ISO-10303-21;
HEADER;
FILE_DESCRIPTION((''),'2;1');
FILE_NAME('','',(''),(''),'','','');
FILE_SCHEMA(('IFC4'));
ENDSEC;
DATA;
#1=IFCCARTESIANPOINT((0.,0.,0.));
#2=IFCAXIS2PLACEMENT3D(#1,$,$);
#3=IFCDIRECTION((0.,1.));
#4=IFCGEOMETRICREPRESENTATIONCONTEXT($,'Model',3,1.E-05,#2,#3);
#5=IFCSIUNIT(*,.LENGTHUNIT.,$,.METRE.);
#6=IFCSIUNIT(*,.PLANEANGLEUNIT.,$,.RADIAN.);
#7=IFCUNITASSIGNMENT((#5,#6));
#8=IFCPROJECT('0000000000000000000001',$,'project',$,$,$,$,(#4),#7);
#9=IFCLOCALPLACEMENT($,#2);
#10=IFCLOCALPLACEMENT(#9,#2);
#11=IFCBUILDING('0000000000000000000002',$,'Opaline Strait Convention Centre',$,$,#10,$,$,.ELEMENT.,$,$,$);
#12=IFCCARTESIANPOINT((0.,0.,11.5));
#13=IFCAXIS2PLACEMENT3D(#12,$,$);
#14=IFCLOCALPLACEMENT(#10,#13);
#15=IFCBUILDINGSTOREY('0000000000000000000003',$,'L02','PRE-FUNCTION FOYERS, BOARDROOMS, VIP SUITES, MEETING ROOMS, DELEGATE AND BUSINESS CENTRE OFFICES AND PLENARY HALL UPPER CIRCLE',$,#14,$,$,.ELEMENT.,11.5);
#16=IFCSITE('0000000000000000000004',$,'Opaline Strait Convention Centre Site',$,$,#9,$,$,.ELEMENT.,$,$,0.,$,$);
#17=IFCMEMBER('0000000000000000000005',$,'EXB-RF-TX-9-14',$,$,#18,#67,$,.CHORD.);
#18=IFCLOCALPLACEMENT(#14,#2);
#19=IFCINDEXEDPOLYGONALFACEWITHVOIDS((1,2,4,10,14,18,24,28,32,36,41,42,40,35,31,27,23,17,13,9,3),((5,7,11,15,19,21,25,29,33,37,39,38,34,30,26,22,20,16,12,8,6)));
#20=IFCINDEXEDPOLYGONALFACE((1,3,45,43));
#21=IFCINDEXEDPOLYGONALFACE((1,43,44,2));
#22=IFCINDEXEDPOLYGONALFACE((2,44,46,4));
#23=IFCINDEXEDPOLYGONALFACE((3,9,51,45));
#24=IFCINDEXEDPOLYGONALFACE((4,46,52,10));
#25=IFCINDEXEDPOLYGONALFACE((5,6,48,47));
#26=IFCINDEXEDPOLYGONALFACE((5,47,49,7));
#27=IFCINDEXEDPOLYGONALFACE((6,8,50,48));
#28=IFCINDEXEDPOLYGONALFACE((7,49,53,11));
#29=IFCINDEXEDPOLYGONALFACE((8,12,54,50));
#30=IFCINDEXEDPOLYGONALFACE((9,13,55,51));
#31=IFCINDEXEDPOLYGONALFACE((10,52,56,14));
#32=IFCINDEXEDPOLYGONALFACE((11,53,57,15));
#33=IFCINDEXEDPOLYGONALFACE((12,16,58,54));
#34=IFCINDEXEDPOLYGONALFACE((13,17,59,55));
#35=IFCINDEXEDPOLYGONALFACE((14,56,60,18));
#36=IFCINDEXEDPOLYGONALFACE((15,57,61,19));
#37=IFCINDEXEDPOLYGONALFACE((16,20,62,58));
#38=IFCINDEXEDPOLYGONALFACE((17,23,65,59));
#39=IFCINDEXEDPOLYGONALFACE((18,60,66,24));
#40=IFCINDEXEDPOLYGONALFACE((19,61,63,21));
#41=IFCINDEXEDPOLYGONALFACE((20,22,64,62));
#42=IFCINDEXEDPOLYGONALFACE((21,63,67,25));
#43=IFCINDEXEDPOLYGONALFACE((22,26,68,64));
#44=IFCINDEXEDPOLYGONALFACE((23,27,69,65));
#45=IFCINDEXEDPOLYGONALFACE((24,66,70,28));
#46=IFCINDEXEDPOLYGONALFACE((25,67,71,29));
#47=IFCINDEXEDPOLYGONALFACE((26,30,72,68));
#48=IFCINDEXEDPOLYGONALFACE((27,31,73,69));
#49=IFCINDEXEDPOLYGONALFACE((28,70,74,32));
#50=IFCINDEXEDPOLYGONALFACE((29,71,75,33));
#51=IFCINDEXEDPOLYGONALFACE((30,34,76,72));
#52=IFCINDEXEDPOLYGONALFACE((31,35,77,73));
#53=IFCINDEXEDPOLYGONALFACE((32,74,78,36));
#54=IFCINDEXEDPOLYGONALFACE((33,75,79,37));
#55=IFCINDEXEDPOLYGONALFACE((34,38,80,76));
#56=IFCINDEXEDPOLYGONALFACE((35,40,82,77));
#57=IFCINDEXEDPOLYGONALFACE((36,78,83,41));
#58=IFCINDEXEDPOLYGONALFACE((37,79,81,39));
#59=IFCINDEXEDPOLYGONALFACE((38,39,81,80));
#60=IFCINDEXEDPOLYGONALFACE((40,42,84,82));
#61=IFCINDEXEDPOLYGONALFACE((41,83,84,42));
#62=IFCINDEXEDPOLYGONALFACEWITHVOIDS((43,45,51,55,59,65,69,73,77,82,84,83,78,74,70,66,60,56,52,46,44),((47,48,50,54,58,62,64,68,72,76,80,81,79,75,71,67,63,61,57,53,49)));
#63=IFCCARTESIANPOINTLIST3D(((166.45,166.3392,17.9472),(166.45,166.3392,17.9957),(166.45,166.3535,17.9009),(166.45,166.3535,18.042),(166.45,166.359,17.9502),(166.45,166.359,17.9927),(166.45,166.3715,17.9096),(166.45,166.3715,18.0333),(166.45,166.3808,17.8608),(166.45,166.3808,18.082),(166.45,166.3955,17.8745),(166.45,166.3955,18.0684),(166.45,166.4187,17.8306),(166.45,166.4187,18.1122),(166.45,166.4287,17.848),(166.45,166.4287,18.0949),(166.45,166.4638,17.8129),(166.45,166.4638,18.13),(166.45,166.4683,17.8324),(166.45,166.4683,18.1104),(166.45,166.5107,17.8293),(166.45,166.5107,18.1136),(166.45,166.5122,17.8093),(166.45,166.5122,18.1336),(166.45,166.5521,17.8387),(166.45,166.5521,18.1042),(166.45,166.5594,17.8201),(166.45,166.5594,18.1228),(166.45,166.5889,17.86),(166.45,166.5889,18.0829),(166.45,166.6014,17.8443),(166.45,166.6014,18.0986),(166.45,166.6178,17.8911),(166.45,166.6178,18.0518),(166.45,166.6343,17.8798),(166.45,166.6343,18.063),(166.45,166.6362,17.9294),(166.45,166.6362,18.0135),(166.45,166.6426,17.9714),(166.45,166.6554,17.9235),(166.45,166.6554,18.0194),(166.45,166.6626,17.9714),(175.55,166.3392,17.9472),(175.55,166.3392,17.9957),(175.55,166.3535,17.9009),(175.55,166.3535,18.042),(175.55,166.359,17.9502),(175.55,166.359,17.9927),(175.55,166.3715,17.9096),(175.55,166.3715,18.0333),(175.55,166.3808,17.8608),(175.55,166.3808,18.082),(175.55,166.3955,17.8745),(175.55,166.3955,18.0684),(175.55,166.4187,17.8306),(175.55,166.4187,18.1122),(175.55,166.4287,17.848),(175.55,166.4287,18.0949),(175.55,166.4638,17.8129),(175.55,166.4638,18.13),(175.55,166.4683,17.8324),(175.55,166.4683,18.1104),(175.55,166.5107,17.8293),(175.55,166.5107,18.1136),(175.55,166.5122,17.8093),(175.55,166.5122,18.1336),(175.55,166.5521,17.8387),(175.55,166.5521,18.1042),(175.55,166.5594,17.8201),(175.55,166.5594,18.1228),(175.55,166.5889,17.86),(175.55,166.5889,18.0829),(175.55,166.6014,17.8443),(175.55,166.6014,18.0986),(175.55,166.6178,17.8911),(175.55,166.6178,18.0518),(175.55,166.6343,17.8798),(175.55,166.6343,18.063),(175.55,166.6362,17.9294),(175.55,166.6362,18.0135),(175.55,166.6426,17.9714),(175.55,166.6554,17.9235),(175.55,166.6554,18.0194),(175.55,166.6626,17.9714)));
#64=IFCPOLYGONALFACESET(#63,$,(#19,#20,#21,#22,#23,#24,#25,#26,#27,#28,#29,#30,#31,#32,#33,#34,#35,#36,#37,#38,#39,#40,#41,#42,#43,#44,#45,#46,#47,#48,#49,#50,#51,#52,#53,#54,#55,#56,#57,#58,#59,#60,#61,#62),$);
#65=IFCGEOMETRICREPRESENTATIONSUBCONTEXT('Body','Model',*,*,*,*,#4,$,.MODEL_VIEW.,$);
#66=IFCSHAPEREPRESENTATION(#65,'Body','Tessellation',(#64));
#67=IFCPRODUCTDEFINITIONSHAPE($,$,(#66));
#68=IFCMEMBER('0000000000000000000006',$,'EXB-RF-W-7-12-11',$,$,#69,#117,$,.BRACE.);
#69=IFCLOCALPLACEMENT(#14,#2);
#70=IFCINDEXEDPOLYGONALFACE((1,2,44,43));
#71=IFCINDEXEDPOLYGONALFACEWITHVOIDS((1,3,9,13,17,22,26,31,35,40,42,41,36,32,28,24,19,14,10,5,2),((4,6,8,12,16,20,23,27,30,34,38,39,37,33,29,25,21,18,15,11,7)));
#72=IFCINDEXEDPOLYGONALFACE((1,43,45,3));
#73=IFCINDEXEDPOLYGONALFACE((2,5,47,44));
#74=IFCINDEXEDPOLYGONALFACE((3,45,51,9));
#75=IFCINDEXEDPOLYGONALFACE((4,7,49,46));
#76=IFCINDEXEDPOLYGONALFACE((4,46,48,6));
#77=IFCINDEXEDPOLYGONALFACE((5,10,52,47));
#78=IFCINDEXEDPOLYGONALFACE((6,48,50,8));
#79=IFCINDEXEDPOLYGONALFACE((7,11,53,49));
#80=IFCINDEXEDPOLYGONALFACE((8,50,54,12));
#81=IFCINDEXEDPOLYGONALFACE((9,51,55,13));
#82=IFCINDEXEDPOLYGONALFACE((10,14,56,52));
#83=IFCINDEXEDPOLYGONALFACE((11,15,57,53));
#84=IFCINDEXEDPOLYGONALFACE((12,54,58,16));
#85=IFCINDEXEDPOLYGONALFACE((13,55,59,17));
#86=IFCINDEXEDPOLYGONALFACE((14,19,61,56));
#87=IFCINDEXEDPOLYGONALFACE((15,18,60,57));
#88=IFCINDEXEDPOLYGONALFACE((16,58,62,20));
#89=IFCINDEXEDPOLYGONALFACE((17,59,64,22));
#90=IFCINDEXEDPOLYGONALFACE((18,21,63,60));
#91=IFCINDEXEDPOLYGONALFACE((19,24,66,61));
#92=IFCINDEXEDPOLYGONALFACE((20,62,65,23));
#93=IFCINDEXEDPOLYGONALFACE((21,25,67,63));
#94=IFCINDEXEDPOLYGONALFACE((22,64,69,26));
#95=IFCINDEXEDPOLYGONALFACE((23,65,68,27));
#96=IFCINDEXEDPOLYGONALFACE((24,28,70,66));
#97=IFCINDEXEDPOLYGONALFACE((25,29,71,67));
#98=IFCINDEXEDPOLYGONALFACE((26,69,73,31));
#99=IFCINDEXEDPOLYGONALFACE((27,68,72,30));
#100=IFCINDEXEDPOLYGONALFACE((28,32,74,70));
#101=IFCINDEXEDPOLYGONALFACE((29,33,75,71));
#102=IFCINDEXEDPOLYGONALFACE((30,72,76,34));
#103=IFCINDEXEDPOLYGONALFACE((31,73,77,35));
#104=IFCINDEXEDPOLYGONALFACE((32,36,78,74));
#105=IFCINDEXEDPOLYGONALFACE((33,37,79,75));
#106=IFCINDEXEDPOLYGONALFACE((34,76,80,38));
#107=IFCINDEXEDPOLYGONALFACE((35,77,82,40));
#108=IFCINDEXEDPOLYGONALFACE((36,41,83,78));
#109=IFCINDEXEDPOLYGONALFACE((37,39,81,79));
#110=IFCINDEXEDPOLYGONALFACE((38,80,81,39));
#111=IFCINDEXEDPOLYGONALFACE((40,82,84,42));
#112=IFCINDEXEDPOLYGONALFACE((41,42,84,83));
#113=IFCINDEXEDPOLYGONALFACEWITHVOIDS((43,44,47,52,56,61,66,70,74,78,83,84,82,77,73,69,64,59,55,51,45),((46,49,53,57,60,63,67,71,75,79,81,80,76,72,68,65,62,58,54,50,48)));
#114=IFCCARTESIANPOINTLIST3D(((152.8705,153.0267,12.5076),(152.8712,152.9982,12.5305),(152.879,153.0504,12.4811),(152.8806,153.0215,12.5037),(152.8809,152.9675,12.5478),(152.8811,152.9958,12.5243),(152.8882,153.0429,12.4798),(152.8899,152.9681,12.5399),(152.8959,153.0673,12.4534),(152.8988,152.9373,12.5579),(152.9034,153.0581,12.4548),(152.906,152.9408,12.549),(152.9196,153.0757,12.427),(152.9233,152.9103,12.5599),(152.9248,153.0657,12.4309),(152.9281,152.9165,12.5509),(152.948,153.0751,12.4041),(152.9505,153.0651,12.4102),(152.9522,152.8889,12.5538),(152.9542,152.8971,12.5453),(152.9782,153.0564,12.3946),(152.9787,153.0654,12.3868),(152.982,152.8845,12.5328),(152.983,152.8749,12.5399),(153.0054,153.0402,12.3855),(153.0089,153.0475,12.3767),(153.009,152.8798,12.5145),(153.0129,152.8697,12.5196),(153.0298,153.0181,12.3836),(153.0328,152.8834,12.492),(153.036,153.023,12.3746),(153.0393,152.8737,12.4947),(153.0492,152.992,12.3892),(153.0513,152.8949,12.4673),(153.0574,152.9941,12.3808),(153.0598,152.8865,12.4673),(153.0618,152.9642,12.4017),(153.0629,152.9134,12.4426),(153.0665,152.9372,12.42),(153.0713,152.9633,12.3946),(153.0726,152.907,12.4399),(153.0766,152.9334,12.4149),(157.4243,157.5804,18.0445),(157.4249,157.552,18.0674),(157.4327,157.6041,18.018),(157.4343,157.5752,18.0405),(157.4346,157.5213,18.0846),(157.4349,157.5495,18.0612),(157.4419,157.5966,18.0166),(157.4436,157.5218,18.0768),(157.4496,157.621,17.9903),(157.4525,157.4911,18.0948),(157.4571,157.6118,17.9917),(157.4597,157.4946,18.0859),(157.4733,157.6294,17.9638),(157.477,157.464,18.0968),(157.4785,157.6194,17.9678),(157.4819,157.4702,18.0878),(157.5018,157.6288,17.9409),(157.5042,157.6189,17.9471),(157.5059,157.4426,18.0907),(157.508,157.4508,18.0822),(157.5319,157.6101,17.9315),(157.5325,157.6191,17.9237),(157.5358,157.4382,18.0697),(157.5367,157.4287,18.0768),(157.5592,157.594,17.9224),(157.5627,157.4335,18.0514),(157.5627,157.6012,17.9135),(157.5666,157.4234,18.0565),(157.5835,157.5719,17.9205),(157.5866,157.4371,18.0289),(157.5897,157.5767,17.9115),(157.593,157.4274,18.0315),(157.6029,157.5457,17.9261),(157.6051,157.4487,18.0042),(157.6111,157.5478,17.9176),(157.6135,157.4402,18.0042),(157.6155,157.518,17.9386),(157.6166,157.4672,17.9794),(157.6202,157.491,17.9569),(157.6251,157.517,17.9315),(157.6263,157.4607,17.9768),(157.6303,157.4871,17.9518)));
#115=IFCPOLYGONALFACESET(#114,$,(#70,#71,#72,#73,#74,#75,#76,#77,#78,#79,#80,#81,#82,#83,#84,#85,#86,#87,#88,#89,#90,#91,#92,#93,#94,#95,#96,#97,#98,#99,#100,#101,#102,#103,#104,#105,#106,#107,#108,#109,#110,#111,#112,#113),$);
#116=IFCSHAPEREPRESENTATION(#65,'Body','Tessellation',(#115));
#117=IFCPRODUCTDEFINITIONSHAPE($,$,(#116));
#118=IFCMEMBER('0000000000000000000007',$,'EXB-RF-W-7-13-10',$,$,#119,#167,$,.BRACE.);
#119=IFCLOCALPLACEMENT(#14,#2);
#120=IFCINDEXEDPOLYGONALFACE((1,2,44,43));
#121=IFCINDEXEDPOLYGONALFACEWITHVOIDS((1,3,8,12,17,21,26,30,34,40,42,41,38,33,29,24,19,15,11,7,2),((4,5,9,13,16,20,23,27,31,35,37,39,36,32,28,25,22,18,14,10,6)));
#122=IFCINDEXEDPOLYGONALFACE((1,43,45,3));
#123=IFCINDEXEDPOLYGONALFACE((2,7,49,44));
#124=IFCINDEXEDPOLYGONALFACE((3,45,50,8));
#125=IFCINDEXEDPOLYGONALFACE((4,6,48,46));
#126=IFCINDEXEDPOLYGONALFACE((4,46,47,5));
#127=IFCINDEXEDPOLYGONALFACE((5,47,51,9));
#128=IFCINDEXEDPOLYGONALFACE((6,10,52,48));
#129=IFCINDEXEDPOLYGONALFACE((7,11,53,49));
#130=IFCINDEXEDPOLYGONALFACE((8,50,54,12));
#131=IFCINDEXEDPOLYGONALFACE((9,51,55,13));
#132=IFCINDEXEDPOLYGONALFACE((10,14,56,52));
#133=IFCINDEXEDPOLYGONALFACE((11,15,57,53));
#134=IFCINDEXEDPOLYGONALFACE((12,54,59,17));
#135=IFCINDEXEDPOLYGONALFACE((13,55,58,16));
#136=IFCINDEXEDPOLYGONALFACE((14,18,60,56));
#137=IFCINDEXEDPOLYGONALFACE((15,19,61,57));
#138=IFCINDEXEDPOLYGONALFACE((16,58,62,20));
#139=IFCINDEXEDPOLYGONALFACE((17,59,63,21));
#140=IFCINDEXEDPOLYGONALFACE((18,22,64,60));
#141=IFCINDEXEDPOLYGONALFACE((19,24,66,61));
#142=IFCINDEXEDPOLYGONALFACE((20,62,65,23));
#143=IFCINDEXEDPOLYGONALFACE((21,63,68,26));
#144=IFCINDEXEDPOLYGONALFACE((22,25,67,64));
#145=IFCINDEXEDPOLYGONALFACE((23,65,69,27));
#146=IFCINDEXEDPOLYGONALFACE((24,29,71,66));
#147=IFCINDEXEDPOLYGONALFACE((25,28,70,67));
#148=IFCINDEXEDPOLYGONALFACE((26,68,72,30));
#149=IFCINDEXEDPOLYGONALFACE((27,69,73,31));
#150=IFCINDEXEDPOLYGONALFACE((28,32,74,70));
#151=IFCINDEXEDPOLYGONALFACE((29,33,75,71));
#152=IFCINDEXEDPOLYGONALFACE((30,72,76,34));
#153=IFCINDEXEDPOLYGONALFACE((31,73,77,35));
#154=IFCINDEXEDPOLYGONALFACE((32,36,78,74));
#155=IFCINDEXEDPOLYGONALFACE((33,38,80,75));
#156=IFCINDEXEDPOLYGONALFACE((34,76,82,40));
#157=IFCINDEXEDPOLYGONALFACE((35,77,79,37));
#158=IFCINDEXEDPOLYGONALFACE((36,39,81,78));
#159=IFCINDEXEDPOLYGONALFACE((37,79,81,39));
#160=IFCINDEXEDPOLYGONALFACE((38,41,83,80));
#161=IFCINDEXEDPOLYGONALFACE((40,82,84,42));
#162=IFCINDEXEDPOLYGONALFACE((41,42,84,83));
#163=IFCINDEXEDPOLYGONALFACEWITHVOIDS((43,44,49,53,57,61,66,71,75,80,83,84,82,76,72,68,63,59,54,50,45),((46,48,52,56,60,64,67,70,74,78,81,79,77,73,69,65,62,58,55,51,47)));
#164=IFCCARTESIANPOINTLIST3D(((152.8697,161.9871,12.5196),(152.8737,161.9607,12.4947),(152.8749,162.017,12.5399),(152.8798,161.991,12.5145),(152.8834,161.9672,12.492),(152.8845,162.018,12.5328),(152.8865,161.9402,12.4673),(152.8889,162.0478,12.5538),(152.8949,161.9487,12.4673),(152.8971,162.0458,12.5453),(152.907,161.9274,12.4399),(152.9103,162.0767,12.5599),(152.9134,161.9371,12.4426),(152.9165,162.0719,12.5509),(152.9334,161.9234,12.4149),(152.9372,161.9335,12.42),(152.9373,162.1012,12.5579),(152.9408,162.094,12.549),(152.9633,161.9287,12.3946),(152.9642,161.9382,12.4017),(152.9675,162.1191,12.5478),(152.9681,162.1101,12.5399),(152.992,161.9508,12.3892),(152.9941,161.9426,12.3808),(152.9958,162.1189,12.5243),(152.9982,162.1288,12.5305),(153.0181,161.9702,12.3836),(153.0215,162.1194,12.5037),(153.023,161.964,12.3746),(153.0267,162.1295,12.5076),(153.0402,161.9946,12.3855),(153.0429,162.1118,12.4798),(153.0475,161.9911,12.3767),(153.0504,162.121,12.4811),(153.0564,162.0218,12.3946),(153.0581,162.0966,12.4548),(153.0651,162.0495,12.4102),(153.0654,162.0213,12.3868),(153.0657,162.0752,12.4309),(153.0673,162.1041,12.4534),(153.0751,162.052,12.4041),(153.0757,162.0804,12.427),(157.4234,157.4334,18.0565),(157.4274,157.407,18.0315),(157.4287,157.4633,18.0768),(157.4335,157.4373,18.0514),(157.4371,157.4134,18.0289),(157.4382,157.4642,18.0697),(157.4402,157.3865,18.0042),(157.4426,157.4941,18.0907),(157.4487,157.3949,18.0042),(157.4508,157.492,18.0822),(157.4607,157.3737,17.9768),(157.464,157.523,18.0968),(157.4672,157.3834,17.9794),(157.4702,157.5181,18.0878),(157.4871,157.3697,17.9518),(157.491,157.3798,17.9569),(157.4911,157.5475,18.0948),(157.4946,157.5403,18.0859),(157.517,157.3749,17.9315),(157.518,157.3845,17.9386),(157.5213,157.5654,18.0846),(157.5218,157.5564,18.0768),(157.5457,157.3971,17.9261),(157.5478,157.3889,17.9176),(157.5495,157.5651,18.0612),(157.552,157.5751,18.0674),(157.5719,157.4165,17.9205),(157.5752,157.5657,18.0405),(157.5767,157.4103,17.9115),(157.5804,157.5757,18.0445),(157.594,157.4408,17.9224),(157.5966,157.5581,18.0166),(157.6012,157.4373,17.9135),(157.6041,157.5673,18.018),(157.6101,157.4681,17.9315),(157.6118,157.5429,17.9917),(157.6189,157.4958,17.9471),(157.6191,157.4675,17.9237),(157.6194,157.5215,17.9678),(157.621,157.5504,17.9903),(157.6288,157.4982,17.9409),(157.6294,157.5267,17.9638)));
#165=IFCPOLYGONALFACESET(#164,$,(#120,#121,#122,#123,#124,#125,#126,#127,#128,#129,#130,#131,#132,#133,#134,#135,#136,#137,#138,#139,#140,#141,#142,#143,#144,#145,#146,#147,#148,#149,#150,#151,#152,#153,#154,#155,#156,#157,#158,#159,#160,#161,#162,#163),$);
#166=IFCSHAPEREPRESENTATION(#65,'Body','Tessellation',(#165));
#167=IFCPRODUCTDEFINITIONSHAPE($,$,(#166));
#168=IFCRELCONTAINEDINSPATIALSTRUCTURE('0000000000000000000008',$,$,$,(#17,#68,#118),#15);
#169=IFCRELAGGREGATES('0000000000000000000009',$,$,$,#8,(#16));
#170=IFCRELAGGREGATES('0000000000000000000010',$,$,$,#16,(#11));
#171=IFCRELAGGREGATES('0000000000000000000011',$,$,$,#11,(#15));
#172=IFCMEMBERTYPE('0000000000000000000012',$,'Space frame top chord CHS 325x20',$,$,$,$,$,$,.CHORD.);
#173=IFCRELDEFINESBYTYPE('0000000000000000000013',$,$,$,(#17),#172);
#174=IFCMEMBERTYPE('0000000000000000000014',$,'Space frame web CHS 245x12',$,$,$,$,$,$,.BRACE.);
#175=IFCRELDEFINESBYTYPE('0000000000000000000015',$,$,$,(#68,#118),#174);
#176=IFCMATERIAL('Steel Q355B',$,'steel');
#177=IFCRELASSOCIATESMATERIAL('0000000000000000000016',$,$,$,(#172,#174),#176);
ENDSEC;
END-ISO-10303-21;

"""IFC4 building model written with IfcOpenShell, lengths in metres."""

from ifc_helpers import new_model, si_unit, direction, frame, origin, origin_2d, place, context, subcontext, project, spatial, hollow_circle, extrude, material, material_profile, profile_set, type_object, element, save


model = new_model("IFC4")

# Units and contexts
model_context = context("Model", 3, precision=1e-05, world=origin(), true_north=direction((0.0, 1.0)))
body_context = subcontext(model_context, "Body", "Model", "MODEL_VIEW")
ifc_project = project(units=[si_unit("LENGTHUNIT", "METRE"), si_unit("PLANEANGLEUNIT", "RADIAN")], contexts=[model_context])

# Site, building, storey
site_placement = place(None, origin())
site = spatial("IfcSite", under=ifc_project, at=site_placement, Name="Opaline Strait Convention Centre Site", CompositionType="ELEMENT", RefElevation=0.0)
building_placement = place(site_placement, origin())
building = spatial("IfcBuilding", under=site, at=building_placement, Name="Opaline Strait Convention Centre", CompositionType="ELEMENT")
storey_placement = place(building_placement, frame((0.0, 0.0, 11.5)))
storey = spatial("IfcBuildingStorey", under=building, at=storey_placement, Name="L02", Description="PRE-FUNCTION FOYERS, BOARDROOMS, VIP SUITES, MEETING ROOMS, DELEGATE AND BUSINESS CENTRE OFFICES AND PLENARY HALL UPPER CIRCLE", CompositionType="ELEMENT", Elevation=11.5)

# Members
ifc_material_1 = material(Name="Steel Q355B", Category="steel")
ifc_material_profile_1 = material_profile(ifc_material_1, hollow_circle(Radius=0.1626, WallThickness=0.02, at=origin_2d()), Name="CHS 325x20")
ifc_profile_set_1 = profile_set([ifc_material_profile_1], Name="Steel Q355B")
member_type_1 = type_object("IfcMemberType", Name="Space frame top chord CHS 325x20", PredefinedType="CHORD", material=ifc_profile_set_1)
for number, where, z_axis, x_axis, name in (
    (1, (166.45, 166.5, 17.9714), (1.0, 0.0, 0.0), (0.0, 1.0, 0.0), "EXB-RF-TX-9-14"),
):
    element("IfcMember", number, at=place(storey_placement, frame(where, z_axis=z_axis, x_axis=x_axis)), inside=storey, type_object=member_type_1, Name=name, PredefinedType="CHORD", context=body_context, shape_type="SweptSolid", body=[
        extrude(hollow_circle(Radius=0.1626, WallThickness=0.02, at=origin_2d()), origin(), (0.0, 0.0, 1.0), 9.1001),
    ])
ifc_material_profile_2 = material_profile(ifc_material_1, hollow_circle(Radius=0.1226, WallThickness=0.012, at=origin_2d()), Name="CHS 245x12")
ifc_profile_set_2 = profile_set([ifc_material_profile_2], Name="Steel Q355B")
member_type_2 = type_object("IfcMemberType", Name="Space frame web CHS 245x12", PredefinedType="BRACE", material=ifc_profile_set_2)
for number, where, z_axis, x_axis, name in (
    (2, (157.5269, 157.5269, 18.0042), (-0.536178, -0.536178, -0.65194), (0.707107, -0.707107, 0.0), "EXB-RF-W-7-12-11"),
    (3, (157.5269, 157.4731, 18.0042), (-0.536178, 0.536178, -0.65194), (-0.707107, -0.707107, 0.0), "EXB-RF-W-7-13-10"),
):
    element("IfcMember", number, at=place(storey_placement, frame(where, z_axis=z_axis, x_axis=x_axis)), inside=storey, type_object=member_type_2, Name=name, PredefinedType="BRACE", context=body_context, shape_type="SweptSolid", body=[
        extrude(hollow_circle(Radius=0.1226, WallThickness=0.012, at=origin_2d()), origin(), (0.0, 0.0, 1.0), 8.4929),
    ])

save(model, "model.ifc")
